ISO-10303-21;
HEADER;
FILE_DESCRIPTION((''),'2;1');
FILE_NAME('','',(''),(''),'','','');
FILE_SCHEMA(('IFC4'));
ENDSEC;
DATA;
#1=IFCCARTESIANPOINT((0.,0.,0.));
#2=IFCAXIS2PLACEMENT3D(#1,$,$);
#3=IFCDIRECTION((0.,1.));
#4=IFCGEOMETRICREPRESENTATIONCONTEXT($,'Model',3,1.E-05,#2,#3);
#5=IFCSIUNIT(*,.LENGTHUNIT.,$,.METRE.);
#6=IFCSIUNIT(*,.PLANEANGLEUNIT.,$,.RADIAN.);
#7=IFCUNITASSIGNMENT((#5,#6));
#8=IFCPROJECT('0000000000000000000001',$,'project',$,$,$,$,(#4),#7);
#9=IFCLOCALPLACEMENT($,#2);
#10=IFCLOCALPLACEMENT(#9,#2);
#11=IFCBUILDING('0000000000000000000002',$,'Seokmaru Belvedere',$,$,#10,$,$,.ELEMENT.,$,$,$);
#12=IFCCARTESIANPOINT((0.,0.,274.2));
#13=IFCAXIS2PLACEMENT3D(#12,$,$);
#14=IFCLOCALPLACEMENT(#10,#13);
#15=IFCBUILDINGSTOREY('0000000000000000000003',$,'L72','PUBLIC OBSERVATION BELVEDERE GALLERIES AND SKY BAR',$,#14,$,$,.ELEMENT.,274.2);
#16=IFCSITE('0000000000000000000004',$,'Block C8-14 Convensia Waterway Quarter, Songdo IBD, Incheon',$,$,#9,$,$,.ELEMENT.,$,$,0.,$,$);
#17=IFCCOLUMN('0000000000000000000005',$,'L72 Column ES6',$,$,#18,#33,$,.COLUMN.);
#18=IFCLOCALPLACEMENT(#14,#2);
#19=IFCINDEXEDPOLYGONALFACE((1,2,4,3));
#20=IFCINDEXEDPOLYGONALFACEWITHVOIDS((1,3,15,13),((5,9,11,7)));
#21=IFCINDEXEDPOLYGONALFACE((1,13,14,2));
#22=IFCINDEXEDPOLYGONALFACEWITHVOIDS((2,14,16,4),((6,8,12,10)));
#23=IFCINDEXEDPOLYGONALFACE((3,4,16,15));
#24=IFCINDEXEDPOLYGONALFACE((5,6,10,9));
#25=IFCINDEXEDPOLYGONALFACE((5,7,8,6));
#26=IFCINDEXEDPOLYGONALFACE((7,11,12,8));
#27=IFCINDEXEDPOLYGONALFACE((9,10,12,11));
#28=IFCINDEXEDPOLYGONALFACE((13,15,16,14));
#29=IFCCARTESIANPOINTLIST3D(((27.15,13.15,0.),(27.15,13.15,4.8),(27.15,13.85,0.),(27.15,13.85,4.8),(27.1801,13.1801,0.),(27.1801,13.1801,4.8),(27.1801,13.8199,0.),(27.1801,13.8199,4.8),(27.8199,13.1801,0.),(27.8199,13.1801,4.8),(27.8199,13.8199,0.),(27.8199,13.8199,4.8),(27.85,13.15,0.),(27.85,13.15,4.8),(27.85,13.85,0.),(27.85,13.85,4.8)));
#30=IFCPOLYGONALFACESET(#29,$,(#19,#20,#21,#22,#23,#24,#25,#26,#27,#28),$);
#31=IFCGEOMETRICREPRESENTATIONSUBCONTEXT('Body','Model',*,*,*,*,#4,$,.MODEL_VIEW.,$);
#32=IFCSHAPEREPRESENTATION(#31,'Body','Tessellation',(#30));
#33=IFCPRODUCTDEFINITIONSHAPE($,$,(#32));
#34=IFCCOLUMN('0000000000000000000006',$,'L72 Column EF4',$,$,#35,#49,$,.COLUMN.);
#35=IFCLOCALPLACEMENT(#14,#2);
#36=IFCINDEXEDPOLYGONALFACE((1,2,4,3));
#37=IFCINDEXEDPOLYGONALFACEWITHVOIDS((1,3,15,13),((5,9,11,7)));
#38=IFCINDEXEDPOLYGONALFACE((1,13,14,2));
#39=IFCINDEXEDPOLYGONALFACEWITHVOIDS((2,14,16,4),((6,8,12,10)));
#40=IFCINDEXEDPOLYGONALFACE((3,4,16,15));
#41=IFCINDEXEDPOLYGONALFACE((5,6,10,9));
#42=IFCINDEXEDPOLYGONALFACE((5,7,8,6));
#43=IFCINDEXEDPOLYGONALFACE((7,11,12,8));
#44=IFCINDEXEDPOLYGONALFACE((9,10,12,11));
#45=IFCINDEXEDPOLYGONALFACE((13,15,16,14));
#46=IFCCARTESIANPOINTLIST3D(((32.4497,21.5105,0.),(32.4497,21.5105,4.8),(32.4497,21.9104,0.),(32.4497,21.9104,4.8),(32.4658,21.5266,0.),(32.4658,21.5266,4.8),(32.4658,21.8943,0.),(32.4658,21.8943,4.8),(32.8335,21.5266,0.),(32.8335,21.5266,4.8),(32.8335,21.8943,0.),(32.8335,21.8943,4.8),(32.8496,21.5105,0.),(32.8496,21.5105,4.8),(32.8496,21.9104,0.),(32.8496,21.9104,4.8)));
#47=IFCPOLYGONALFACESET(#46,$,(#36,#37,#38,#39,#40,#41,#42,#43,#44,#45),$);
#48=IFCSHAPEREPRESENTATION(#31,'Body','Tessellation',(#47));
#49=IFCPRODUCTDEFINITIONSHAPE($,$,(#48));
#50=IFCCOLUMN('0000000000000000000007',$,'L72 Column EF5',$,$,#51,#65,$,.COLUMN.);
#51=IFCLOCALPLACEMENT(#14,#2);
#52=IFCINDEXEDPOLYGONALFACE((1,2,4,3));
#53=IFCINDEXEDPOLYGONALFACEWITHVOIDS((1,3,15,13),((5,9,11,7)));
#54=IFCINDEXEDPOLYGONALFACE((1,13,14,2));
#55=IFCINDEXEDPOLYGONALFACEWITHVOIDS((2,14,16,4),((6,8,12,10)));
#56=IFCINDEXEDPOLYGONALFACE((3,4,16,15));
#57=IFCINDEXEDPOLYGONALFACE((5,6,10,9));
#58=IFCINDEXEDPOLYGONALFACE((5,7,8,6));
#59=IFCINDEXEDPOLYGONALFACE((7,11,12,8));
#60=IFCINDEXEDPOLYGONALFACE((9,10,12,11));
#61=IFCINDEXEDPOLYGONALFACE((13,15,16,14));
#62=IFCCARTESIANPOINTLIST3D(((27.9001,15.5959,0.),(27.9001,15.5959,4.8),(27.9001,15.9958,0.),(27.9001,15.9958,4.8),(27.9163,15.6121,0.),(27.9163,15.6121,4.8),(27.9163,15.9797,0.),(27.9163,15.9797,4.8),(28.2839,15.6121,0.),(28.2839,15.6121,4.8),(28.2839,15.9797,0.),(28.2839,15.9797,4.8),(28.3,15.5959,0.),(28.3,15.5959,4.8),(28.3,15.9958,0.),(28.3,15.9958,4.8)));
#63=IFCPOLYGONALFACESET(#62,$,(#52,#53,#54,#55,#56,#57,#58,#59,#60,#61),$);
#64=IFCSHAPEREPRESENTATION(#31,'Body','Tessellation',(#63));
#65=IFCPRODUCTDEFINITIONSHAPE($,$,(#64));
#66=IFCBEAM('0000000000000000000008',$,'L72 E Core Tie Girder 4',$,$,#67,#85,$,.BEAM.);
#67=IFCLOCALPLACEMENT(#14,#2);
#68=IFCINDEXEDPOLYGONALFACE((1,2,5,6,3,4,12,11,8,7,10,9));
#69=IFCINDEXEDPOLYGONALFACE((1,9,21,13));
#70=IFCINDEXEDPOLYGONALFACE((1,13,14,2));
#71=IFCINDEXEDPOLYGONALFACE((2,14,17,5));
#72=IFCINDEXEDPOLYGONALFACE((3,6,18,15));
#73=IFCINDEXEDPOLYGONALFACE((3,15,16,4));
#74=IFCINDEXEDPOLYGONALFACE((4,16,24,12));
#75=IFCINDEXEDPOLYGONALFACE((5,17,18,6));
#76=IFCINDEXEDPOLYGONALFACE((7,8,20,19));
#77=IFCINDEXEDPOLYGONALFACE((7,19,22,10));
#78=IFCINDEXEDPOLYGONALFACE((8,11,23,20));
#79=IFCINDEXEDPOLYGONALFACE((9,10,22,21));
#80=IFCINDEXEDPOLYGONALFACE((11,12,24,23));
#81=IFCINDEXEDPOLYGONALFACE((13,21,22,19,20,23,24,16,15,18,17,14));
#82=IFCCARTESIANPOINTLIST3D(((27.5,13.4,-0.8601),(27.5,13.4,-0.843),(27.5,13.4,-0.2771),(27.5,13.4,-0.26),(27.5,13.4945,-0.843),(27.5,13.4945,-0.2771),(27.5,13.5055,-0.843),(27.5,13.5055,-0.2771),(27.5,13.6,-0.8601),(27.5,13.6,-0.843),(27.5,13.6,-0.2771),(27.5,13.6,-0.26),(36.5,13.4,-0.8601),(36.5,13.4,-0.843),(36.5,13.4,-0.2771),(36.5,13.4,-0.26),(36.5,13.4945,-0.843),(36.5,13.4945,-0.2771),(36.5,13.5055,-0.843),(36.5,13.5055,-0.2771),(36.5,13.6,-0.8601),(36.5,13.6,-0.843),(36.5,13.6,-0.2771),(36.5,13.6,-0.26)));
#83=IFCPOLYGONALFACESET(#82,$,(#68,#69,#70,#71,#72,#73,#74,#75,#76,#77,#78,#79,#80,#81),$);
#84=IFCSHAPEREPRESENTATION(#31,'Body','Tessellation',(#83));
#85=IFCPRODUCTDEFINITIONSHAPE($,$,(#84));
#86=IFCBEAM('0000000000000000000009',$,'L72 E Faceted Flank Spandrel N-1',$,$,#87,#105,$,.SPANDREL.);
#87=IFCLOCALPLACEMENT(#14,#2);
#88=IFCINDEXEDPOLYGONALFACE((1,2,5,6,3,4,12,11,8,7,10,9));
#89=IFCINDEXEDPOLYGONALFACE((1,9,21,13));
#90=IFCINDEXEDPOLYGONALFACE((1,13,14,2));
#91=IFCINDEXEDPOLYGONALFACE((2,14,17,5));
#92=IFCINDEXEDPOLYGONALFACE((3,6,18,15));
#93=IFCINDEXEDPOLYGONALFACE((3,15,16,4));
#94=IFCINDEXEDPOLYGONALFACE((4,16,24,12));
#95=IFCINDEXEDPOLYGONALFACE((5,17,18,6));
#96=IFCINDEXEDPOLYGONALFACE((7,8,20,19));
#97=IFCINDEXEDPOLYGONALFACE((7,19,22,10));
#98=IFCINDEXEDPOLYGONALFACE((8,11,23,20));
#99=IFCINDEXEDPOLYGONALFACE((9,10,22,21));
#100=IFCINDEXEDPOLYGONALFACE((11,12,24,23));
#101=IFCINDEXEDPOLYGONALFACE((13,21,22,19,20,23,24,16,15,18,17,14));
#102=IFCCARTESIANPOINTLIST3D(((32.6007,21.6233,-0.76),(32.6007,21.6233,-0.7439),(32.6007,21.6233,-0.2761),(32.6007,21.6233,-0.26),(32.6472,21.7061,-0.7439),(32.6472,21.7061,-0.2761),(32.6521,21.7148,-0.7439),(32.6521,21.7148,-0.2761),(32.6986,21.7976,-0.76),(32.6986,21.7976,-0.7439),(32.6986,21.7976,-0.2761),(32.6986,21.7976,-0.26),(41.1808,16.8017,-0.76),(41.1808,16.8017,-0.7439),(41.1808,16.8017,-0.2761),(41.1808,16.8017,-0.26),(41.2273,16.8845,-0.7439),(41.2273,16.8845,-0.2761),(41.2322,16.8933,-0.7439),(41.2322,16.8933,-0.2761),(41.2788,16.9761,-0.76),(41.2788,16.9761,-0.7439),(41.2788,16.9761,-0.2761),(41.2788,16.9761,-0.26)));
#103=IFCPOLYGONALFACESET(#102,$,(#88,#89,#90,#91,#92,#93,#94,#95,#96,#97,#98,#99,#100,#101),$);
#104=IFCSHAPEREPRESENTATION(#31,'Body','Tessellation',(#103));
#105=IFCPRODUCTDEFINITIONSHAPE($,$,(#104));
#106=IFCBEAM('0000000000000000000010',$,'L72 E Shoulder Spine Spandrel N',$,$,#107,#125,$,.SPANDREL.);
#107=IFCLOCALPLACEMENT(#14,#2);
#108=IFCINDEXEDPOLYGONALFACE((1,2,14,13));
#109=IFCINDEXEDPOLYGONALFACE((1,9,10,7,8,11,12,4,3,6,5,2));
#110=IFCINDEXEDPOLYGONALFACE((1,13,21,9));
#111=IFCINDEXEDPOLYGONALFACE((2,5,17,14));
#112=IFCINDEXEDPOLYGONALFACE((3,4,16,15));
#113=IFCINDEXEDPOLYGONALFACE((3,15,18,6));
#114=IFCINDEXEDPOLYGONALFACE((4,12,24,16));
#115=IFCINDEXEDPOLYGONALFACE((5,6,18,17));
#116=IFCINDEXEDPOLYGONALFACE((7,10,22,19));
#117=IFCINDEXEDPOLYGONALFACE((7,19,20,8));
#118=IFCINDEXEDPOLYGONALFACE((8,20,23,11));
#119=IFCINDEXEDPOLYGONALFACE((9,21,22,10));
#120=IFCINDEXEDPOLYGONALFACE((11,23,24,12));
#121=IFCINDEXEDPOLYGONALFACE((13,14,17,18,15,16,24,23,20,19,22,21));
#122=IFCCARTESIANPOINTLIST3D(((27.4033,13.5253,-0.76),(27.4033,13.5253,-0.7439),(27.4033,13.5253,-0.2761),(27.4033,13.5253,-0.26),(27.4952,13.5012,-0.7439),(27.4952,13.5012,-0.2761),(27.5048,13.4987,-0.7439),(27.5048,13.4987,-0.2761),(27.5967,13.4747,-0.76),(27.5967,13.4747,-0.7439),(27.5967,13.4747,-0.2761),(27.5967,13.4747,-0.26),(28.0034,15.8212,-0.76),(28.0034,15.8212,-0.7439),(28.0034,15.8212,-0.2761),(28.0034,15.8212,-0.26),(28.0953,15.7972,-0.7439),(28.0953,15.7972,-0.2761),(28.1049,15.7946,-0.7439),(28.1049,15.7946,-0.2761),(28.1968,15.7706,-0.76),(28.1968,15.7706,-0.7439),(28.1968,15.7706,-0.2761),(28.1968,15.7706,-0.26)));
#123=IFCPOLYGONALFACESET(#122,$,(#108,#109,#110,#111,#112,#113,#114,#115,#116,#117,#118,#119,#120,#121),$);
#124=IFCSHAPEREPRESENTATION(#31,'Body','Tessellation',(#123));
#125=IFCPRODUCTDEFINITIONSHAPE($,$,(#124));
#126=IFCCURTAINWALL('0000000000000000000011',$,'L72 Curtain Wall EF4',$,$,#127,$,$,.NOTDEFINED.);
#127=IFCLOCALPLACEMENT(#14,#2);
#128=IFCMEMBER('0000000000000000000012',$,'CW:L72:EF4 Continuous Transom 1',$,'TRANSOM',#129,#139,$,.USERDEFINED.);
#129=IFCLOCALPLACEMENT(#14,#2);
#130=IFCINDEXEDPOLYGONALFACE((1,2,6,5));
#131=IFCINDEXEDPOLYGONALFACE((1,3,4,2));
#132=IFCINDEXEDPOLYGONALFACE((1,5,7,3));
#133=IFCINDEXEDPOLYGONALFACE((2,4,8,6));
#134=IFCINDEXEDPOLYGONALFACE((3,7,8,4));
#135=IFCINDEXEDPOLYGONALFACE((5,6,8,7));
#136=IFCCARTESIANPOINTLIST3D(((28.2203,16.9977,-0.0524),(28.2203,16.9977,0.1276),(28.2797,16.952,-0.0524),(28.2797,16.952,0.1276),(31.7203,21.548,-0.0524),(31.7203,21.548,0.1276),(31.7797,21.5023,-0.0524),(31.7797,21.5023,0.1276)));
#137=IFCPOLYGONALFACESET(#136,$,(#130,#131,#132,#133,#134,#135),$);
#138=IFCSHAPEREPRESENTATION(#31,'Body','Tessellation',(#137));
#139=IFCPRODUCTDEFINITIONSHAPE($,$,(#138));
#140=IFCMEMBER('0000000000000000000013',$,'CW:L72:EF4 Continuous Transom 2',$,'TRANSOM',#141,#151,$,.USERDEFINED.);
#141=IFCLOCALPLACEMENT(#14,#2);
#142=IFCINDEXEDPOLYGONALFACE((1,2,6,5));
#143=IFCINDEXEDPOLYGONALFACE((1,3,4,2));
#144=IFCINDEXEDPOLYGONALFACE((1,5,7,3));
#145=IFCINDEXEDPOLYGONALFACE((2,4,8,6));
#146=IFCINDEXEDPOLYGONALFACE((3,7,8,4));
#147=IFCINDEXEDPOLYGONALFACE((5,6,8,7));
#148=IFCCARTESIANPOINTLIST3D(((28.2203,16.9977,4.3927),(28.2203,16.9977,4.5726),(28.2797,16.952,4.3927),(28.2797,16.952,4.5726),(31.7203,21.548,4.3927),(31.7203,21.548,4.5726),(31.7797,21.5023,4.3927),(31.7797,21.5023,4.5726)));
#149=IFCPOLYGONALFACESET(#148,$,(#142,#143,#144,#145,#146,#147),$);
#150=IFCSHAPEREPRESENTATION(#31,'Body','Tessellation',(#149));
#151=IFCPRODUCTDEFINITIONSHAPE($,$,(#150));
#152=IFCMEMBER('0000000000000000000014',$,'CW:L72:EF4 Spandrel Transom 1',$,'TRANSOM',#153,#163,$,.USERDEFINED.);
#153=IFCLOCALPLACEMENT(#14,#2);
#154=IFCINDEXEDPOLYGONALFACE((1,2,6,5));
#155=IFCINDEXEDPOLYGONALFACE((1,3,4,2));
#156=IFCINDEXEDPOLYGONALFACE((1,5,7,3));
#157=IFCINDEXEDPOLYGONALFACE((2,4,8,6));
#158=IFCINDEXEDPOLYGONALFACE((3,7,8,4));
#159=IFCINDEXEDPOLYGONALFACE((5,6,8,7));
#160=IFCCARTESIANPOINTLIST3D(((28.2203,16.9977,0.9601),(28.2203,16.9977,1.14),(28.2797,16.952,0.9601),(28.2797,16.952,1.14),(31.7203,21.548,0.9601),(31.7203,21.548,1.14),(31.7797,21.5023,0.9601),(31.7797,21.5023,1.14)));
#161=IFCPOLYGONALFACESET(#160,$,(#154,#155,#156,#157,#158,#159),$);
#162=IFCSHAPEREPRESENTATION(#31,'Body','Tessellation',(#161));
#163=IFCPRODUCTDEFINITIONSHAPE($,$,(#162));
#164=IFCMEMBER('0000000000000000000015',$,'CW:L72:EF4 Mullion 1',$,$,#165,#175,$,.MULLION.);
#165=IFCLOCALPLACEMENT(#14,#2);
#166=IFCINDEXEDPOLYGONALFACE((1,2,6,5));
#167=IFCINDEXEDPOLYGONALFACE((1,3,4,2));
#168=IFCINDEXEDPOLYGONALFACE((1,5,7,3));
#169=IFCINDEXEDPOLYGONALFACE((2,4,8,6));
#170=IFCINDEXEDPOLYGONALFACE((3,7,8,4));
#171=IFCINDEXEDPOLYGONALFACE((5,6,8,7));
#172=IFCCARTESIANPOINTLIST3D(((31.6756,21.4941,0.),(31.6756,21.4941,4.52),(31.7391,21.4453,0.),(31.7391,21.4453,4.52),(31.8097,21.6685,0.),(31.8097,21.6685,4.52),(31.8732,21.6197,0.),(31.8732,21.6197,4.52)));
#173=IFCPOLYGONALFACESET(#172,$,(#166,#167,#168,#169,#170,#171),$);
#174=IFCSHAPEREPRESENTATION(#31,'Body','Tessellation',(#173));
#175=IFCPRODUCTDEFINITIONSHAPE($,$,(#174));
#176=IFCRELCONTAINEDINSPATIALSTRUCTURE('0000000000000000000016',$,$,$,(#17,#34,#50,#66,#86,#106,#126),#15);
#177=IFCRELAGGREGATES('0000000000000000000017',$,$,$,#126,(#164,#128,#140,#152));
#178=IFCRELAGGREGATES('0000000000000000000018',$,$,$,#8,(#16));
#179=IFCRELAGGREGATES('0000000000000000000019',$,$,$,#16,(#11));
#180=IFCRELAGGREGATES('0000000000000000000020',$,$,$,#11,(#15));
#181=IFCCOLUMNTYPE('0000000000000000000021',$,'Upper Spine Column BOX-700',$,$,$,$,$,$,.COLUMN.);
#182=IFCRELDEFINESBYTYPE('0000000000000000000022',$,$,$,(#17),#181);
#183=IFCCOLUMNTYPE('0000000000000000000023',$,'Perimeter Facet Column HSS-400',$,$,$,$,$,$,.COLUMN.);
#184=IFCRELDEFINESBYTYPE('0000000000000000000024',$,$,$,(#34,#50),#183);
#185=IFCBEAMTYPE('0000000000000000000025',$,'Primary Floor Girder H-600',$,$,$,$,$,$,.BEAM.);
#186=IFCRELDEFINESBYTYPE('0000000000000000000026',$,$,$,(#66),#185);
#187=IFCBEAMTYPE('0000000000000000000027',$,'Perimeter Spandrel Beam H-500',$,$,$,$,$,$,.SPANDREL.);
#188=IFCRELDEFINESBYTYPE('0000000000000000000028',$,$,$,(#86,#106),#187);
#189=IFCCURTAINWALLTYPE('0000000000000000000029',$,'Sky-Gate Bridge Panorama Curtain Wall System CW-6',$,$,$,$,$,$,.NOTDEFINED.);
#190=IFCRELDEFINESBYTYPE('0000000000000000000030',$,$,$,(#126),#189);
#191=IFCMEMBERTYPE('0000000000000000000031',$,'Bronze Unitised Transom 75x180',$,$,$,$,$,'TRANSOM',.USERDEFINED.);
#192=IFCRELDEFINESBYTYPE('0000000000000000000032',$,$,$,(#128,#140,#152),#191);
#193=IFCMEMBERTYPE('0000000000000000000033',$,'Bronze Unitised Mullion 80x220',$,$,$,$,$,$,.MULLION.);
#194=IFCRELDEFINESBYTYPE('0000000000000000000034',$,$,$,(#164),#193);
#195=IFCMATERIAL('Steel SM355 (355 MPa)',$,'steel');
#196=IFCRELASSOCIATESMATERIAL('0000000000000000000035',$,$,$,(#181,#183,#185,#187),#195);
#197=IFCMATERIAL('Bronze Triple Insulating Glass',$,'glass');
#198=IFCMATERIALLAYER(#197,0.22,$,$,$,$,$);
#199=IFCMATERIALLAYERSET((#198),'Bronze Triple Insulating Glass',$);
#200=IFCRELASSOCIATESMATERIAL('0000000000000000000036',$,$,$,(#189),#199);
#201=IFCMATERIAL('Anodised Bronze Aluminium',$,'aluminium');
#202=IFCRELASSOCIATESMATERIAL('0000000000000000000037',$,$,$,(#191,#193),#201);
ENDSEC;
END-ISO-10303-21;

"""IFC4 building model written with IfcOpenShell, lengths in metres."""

from ifc_helpers import new_model, si_unit, direction, frame, origin, origin_2d, place, context, subcontext, project, spatial, rectangle, hollow_rectangle, i_section, extrude, source, transform, mapped, material, layer, layer_set, material_profile, profile_set, type_object, type_shapes, element, aggregate, save


model = new_model("IFC4")

# Units and contexts
model_context = context("Model", 3, precision=1e-05, world=origin(), true_north=direction((0.0, 1.0)))
body_context = subcontext(model_context, "Body", "Model", "MODEL_VIEW")
ifc_project = project(units=[si_unit("LENGTHUNIT", "METRE"), si_unit("PLANEANGLEUNIT", "RADIAN")], contexts=[model_context])

# Site, building, storey
site_placement = place(None, origin())
site = spatial("IfcSite", under=ifc_project, at=site_placement, Name="Block C8-14 Convensia Waterway Quarter, Songdo IBD, Incheon", CompositionType="ELEMENT", RefElevation=0.0)
building_placement = place(site_placement, origin())
building = spatial("IfcBuilding", under=site, at=building_placement, Name="Seokmaru Belvedere", CompositionType="ELEMENT")
storey_placement = place(building_placement, frame((0.0, 0.0, 274.2)))
storey = spatial("IfcBuildingStorey", under=building, at=storey_placement, Name="L72", Description="PUBLIC OBSERVATION BELVEDERE GALLERIES AND SKY BAR", CompositionType="ELEMENT", Elevation=274.2)

# Columns
ifc_material_1 = material(Name="Steel SM355 (355 MPa)", Category="steel")
ifc_material_profile_1 = material_profile(ifc_material_1, hollow_rectangle(XDim=0.7, YDim=0.7, WallThickness=0.03, at=origin_2d()), Name="BOX-700x700x30")
ifc_profile_set_1 = profile_set([ifc_material_profile_1], Name="Steel SM355 (355 MPa)")
column_type_1 = type_object("IfcColumnType", Name="Upper Spine Column BOX-700", PredefinedType="COLUMN", material=ifc_profile_set_1)
shared_shape_1 = source(origin(), body_context, "Body", "SweptSolid", [
    extrude(hollow_rectangle(XDim=0.7, YDim=0.7, WallThickness=0.03, at=origin_2d()), origin(), (0.0, 0.0, 1.0), 4.8),
])
type_shapes(column_type_1, [shared_shape_1])
column_placement = place(storey_placement, frame((27.5, 13.5, 0.0), z_axis=(0.0, 0.0, 1.0), x_axis=(1.0, 0.0, 0.0)))
element("IfcColumn", 1, at=column_placement, inside=storey, type_object=column_type_1, Name="L72 Column ES6", PredefinedType="COLUMN", context=body_context, shape_type="MappedRepresentation", body=[
    mapped(shared_shape_1, transform((0.0, 0.0, 0.0), scale=1.0)),
])
ifc_material_profile_2 = material_profile(ifc_material_1, hollow_rectangle(XDim=0.3999, YDim=0.3999, WallThickness=0.0161, at=origin_2d()), Name="HSS-400x400x16")
ifc_profile_set_2 = profile_set([ifc_material_profile_2], Name="Steel SM355 (355 MPa)")
column_type_2 = type_object("IfcColumnType", Name="Perimeter Facet Column HSS-400", PredefinedType="COLUMN", material=ifc_profile_set_2)
shared_shape_2 = source(origin(), body_context, "Body", "SweptSolid", [
    extrude(hollow_rectangle(XDim=0.3999, YDim=0.3999, WallThickness=0.0161, at=origin_2d()), origin(), (0.0, 0.0, 1.0), 4.8),
])
type_shapes(column_type_2, [shared_shape_2])
for number, where, z_axis, x_axis, name in (
    (2, (32.6497, 21.7104, 0.0), (0.0, 0.0, 1.0), (1.0, 0.0, 0.0), "L72 Column EF4"),
    (3, (28.1001, 15.7959, 0.0), (0.0, 0.0, 1.0), (1.0, 0.0, 0.0), "L72 Column EF5"),
):
    element("IfcColumn", number, at=place(storey_placement, frame(where, z_axis=z_axis, x_axis=x_axis)), inside=storey, type_object=column_type_2, Name=name, PredefinedType="COLUMN", context=body_context, shape_type="MappedRepresentation", body=[
        mapped(shared_shape_2, transform((0.0, 0.0, 0.0), scale=1.0)),
    ])

# Beams
ifc_material_profile_3 = material_profile(ifc_material_1, i_section(OverallWidth=0.2, OverallDepth=0.6001, WebThickness=0.011, FlangeThickness=0.0171, at=origin_2d()), Name="H-600x200x11x17")
ifc_profile_set_3 = profile_set([ifc_material_profile_3], Name="Steel SM355 (355 MPa)")
beam_type_1 = type_object("IfcBeamType", Name="Primary Floor Girder H-600", PredefinedType="BEAM", material=ifc_profile_set_3)
shared_shape_3 = source(origin(), body_context, "Body", "SweptSolid", [
    extrude(i_section(OverallWidth=0.2, OverallDepth=0.6001, WebThickness=0.011, FlangeThickness=0.0171, at=origin_2d()), origin(), (0.0, 0.0, 1.0), 9.0),
])
type_shapes(beam_type_1, [shared_shape_3])
beam_1_placement = place(storey_placement, frame((27.5, 13.5, -0.5601), z_axis=(1.0, 0.0, 0.0), x_axis=(0.0, 1.0, 0.0)))
element("IfcBeam", 4, at=beam_1_placement, inside=storey, type_object=beam_type_1, Name="L72 E Core Tie Girder 4", PredefinedType="BEAM", context=body_context, shape_type="MappedRepresentation", body=[
    mapped(shared_shape_3, transform((0.0, 0.0, 0.0), scale=1.0)),
])
ifc_material_profile_4 = material_profile(ifc_material_1, i_section(OverallWidth=0.2, OverallDepth=0.5, WebThickness=0.01, FlangeThickness=0.0161, at=origin_2d()), Name="H-500x200x10x16")
ifc_profile_set_4 = profile_set([ifc_material_profile_4], Name="Steel SM355 (355 MPa)")
beam_type_2 = type_object("IfcBeamType", Name="Perimeter Spandrel Beam H-500", PredefinedType="SPANDREL", material=ifc_profile_set_4)
shared_shape_4 = source(origin(), body_context, "Body", "SweptSolid", [
    extrude(i_section(OverallWidth=0.2, OverallDepth=0.5, WebThickness=0.01, FlangeThickness=0.0161, at=origin_2d()), origin(), (0.0, 0.0, 1.0), 9.842),
])
beam_2_placement = place(storey_placement, frame((32.6497, 21.7104, -0.51), z_axis=(0.871782, -0.489894, 0.0), x_axis=(0.489894, 0.871782, 0.0)))
element("IfcBeam", 5, at=beam_2_placement, inside=storey, type_object=beam_type_2, Name="L72 E Faceted Flank Spandrel N-1", PredefinedType="SPANDREL", context=body_context, shape_type="MappedRepresentation", body=[
    mapped(shared_shape_4, transform((0.0, 0.0, 0.0), scale=1.0)),
])
shared_shape_5 = source(origin(), body_context, "Body", "SweptSolid", [
    extrude(i_section(OverallWidth=0.2, OverallDepth=0.5, WebThickness=0.01, FlangeThickness=0.0161, at=origin_2d()), origin(), (0.0, 0.0, 1.0), 2.373),
])
type_shapes(beam_type_2, [shared_shape_4, shared_shape_5])
beam_3_placement = place(storey_placement, frame((28.1001, 15.7959, -0.51), z_axis=(-0.252883, -0.967497, 0.0), x_axis=(0.967497, -0.252883, 0.0)))
element("IfcBeam", 6, at=beam_3_placement, inside=storey, type_object=beam_type_2, Name="L72 E Shoulder Spine Spandrel N", PredefinedType="SPANDREL", context=body_context, shape_type="MappedRepresentation", body=[
    mapped(shared_shape_5, transform((0.0, 0.0, 0.0), scale=1.0)),
])

# Curtain wall, members
ifc_material_2 = material(Name="Bronze Triple Insulating Glass", Category="glass")
ifc_layer_1 = layer(ifc_material_2, 0.22)
ifc_layer_set_1 = layer_set([ifc_layer_1], Name="Bronze Triple Insulating Glass")
curtain_wall_type = type_object("IfcCurtainWallType", Name="Sky-Gate Bridge Panorama Curtain Wall System CW-6", PredefinedType="NOTDEFINED", material=ifc_layer_set_1)
curtain_wall_placement = place(storey_placement, origin())
curtain_wall = element("IfcCurtainWall", 7, at=curtain_wall_placement, inside=storey, type_object=curtain_wall_type, Name="L72 Curtain Wall EF4", PredefinedType="NOTDEFINED")
ifc_material_3 = material(Name="Anodised Bronze Aluminium", Category="aluminium")
ifc_material_profile_5 = material_profile(ifc_material_3, rectangle(XDim=0.075, YDim=0.1799, at=origin_2d()), Name="CW-T-75x180")
ifc_profile_set_5 = profile_set([ifc_material_profile_5], Name="Anodised Bronze Aluminium")
member_type_1 = type_object("IfcMemberType", Name="Bronze Unitised Transom 75x180", ElementType="TRANSOM", PredefinedType="USERDEFINED", material=ifc_profile_set_5)
shared_shape_6 = source(origin(), body_context, "Body", "SweptSolid", [
    extrude(rectangle(XDim=0.075, YDim=0.1799, at=origin_2d()), origin(), (0.0, 0.0, 1.0), 5.7407),
])
type_shapes(member_type_1, [shared_shape_6])
member_1_placement = place(storey_placement, frame((31.75, 21.5251, 0.0376), z_axis=(-0.609686, -0.792643, 0.0), x_axis=(0.792643, -0.609686, 0.0)))
member_1 = element("IfcMember", 8, at=member_1_placement, type_object=member_type_1, Name="CW:L72:EF4 Continuous Transom 1", ObjectType="TRANSOM", PredefinedType="USERDEFINED", context=body_context, shape_type="MappedRepresentation", body=[
    mapped(shared_shape_6, transform((0.0, 0.0, 0.0), scale=1.0)),
])
member_2_placement = place(storey_placement, frame((31.75, 21.5251, 4.4827), z_axis=(-0.609686, -0.792643, 0.0), x_axis=(0.792643, -0.609686, 0.0)))
member_2 = element("IfcMember", 9, at=member_2_placement, type_object=member_type_1, Name="CW:L72:EF4 Continuous Transom 2", ObjectType="TRANSOM", PredefinedType="USERDEFINED", context=body_context, shape_type="MappedRepresentation", body=[
    mapped(shared_shape_6, transform((0.0, 0.0, 0.0), scale=1.0)),
])
member_3_placement = place(storey_placement, frame((31.75, 21.5251, 1.05), z_axis=(-0.609686, -0.792643, 0.0), x_axis=(0.792643, -0.609686, 0.0)))
member_3 = element("IfcMember", 10, at=member_3_placement, type_object=member_type_1, Name="CW:L72:EF4 Spandrel Transom 1", ObjectType="TRANSOM", PredefinedType="USERDEFINED", context=body_context, shape_type="MappedRepresentation", body=[
    mapped(shared_shape_6, transform((0.0, 0.0, 0.0), scale=1.0)),
])
ifc_material_profile_6 = material_profile(ifc_material_3, rectangle(XDim=0.0801, YDim=0.22, at=origin_2d()), Name="CW-M-80x220")
ifc_profile_set_6 = profile_set([ifc_material_profile_6], Name="Anodised Bronze Aluminium")
member_type_2 = type_object("IfcMemberType", Name="Bronze Unitised Mullion 80x220", PredefinedType="MULLION", material=ifc_profile_set_6)
shared_shape_7 = source(origin(), body_context, "Body", "SweptSolid", [
    extrude(rectangle(XDim=0.0801, YDim=0.22, at=origin_2d()), origin(), (0.0, 0.0, 1.0), 4.52),
])
type_shapes(member_type_2, [shared_shape_7])
member_4_placement = place(storey_placement, frame((31.7744, 21.5569, 0.0), z_axis=(0.0, 0.0, 1.0), x_axis=(0.792631, -0.609701, 0.0)))
member_4 = element("IfcMember", 11, at=member_4_placement, type_object=member_type_2, Name="CW:L72:EF4 Mullion 1", PredefinedType="MULLION", context=body_context, shape_type="MappedRepresentation", body=[
    mapped(shared_shape_7, transform((0.0, 0.0, 0.0), scale=1.0)),
])

aggregate(curtain_wall, [member_4, member_1, member_2, member_3])

save(model, "model.ifc")
